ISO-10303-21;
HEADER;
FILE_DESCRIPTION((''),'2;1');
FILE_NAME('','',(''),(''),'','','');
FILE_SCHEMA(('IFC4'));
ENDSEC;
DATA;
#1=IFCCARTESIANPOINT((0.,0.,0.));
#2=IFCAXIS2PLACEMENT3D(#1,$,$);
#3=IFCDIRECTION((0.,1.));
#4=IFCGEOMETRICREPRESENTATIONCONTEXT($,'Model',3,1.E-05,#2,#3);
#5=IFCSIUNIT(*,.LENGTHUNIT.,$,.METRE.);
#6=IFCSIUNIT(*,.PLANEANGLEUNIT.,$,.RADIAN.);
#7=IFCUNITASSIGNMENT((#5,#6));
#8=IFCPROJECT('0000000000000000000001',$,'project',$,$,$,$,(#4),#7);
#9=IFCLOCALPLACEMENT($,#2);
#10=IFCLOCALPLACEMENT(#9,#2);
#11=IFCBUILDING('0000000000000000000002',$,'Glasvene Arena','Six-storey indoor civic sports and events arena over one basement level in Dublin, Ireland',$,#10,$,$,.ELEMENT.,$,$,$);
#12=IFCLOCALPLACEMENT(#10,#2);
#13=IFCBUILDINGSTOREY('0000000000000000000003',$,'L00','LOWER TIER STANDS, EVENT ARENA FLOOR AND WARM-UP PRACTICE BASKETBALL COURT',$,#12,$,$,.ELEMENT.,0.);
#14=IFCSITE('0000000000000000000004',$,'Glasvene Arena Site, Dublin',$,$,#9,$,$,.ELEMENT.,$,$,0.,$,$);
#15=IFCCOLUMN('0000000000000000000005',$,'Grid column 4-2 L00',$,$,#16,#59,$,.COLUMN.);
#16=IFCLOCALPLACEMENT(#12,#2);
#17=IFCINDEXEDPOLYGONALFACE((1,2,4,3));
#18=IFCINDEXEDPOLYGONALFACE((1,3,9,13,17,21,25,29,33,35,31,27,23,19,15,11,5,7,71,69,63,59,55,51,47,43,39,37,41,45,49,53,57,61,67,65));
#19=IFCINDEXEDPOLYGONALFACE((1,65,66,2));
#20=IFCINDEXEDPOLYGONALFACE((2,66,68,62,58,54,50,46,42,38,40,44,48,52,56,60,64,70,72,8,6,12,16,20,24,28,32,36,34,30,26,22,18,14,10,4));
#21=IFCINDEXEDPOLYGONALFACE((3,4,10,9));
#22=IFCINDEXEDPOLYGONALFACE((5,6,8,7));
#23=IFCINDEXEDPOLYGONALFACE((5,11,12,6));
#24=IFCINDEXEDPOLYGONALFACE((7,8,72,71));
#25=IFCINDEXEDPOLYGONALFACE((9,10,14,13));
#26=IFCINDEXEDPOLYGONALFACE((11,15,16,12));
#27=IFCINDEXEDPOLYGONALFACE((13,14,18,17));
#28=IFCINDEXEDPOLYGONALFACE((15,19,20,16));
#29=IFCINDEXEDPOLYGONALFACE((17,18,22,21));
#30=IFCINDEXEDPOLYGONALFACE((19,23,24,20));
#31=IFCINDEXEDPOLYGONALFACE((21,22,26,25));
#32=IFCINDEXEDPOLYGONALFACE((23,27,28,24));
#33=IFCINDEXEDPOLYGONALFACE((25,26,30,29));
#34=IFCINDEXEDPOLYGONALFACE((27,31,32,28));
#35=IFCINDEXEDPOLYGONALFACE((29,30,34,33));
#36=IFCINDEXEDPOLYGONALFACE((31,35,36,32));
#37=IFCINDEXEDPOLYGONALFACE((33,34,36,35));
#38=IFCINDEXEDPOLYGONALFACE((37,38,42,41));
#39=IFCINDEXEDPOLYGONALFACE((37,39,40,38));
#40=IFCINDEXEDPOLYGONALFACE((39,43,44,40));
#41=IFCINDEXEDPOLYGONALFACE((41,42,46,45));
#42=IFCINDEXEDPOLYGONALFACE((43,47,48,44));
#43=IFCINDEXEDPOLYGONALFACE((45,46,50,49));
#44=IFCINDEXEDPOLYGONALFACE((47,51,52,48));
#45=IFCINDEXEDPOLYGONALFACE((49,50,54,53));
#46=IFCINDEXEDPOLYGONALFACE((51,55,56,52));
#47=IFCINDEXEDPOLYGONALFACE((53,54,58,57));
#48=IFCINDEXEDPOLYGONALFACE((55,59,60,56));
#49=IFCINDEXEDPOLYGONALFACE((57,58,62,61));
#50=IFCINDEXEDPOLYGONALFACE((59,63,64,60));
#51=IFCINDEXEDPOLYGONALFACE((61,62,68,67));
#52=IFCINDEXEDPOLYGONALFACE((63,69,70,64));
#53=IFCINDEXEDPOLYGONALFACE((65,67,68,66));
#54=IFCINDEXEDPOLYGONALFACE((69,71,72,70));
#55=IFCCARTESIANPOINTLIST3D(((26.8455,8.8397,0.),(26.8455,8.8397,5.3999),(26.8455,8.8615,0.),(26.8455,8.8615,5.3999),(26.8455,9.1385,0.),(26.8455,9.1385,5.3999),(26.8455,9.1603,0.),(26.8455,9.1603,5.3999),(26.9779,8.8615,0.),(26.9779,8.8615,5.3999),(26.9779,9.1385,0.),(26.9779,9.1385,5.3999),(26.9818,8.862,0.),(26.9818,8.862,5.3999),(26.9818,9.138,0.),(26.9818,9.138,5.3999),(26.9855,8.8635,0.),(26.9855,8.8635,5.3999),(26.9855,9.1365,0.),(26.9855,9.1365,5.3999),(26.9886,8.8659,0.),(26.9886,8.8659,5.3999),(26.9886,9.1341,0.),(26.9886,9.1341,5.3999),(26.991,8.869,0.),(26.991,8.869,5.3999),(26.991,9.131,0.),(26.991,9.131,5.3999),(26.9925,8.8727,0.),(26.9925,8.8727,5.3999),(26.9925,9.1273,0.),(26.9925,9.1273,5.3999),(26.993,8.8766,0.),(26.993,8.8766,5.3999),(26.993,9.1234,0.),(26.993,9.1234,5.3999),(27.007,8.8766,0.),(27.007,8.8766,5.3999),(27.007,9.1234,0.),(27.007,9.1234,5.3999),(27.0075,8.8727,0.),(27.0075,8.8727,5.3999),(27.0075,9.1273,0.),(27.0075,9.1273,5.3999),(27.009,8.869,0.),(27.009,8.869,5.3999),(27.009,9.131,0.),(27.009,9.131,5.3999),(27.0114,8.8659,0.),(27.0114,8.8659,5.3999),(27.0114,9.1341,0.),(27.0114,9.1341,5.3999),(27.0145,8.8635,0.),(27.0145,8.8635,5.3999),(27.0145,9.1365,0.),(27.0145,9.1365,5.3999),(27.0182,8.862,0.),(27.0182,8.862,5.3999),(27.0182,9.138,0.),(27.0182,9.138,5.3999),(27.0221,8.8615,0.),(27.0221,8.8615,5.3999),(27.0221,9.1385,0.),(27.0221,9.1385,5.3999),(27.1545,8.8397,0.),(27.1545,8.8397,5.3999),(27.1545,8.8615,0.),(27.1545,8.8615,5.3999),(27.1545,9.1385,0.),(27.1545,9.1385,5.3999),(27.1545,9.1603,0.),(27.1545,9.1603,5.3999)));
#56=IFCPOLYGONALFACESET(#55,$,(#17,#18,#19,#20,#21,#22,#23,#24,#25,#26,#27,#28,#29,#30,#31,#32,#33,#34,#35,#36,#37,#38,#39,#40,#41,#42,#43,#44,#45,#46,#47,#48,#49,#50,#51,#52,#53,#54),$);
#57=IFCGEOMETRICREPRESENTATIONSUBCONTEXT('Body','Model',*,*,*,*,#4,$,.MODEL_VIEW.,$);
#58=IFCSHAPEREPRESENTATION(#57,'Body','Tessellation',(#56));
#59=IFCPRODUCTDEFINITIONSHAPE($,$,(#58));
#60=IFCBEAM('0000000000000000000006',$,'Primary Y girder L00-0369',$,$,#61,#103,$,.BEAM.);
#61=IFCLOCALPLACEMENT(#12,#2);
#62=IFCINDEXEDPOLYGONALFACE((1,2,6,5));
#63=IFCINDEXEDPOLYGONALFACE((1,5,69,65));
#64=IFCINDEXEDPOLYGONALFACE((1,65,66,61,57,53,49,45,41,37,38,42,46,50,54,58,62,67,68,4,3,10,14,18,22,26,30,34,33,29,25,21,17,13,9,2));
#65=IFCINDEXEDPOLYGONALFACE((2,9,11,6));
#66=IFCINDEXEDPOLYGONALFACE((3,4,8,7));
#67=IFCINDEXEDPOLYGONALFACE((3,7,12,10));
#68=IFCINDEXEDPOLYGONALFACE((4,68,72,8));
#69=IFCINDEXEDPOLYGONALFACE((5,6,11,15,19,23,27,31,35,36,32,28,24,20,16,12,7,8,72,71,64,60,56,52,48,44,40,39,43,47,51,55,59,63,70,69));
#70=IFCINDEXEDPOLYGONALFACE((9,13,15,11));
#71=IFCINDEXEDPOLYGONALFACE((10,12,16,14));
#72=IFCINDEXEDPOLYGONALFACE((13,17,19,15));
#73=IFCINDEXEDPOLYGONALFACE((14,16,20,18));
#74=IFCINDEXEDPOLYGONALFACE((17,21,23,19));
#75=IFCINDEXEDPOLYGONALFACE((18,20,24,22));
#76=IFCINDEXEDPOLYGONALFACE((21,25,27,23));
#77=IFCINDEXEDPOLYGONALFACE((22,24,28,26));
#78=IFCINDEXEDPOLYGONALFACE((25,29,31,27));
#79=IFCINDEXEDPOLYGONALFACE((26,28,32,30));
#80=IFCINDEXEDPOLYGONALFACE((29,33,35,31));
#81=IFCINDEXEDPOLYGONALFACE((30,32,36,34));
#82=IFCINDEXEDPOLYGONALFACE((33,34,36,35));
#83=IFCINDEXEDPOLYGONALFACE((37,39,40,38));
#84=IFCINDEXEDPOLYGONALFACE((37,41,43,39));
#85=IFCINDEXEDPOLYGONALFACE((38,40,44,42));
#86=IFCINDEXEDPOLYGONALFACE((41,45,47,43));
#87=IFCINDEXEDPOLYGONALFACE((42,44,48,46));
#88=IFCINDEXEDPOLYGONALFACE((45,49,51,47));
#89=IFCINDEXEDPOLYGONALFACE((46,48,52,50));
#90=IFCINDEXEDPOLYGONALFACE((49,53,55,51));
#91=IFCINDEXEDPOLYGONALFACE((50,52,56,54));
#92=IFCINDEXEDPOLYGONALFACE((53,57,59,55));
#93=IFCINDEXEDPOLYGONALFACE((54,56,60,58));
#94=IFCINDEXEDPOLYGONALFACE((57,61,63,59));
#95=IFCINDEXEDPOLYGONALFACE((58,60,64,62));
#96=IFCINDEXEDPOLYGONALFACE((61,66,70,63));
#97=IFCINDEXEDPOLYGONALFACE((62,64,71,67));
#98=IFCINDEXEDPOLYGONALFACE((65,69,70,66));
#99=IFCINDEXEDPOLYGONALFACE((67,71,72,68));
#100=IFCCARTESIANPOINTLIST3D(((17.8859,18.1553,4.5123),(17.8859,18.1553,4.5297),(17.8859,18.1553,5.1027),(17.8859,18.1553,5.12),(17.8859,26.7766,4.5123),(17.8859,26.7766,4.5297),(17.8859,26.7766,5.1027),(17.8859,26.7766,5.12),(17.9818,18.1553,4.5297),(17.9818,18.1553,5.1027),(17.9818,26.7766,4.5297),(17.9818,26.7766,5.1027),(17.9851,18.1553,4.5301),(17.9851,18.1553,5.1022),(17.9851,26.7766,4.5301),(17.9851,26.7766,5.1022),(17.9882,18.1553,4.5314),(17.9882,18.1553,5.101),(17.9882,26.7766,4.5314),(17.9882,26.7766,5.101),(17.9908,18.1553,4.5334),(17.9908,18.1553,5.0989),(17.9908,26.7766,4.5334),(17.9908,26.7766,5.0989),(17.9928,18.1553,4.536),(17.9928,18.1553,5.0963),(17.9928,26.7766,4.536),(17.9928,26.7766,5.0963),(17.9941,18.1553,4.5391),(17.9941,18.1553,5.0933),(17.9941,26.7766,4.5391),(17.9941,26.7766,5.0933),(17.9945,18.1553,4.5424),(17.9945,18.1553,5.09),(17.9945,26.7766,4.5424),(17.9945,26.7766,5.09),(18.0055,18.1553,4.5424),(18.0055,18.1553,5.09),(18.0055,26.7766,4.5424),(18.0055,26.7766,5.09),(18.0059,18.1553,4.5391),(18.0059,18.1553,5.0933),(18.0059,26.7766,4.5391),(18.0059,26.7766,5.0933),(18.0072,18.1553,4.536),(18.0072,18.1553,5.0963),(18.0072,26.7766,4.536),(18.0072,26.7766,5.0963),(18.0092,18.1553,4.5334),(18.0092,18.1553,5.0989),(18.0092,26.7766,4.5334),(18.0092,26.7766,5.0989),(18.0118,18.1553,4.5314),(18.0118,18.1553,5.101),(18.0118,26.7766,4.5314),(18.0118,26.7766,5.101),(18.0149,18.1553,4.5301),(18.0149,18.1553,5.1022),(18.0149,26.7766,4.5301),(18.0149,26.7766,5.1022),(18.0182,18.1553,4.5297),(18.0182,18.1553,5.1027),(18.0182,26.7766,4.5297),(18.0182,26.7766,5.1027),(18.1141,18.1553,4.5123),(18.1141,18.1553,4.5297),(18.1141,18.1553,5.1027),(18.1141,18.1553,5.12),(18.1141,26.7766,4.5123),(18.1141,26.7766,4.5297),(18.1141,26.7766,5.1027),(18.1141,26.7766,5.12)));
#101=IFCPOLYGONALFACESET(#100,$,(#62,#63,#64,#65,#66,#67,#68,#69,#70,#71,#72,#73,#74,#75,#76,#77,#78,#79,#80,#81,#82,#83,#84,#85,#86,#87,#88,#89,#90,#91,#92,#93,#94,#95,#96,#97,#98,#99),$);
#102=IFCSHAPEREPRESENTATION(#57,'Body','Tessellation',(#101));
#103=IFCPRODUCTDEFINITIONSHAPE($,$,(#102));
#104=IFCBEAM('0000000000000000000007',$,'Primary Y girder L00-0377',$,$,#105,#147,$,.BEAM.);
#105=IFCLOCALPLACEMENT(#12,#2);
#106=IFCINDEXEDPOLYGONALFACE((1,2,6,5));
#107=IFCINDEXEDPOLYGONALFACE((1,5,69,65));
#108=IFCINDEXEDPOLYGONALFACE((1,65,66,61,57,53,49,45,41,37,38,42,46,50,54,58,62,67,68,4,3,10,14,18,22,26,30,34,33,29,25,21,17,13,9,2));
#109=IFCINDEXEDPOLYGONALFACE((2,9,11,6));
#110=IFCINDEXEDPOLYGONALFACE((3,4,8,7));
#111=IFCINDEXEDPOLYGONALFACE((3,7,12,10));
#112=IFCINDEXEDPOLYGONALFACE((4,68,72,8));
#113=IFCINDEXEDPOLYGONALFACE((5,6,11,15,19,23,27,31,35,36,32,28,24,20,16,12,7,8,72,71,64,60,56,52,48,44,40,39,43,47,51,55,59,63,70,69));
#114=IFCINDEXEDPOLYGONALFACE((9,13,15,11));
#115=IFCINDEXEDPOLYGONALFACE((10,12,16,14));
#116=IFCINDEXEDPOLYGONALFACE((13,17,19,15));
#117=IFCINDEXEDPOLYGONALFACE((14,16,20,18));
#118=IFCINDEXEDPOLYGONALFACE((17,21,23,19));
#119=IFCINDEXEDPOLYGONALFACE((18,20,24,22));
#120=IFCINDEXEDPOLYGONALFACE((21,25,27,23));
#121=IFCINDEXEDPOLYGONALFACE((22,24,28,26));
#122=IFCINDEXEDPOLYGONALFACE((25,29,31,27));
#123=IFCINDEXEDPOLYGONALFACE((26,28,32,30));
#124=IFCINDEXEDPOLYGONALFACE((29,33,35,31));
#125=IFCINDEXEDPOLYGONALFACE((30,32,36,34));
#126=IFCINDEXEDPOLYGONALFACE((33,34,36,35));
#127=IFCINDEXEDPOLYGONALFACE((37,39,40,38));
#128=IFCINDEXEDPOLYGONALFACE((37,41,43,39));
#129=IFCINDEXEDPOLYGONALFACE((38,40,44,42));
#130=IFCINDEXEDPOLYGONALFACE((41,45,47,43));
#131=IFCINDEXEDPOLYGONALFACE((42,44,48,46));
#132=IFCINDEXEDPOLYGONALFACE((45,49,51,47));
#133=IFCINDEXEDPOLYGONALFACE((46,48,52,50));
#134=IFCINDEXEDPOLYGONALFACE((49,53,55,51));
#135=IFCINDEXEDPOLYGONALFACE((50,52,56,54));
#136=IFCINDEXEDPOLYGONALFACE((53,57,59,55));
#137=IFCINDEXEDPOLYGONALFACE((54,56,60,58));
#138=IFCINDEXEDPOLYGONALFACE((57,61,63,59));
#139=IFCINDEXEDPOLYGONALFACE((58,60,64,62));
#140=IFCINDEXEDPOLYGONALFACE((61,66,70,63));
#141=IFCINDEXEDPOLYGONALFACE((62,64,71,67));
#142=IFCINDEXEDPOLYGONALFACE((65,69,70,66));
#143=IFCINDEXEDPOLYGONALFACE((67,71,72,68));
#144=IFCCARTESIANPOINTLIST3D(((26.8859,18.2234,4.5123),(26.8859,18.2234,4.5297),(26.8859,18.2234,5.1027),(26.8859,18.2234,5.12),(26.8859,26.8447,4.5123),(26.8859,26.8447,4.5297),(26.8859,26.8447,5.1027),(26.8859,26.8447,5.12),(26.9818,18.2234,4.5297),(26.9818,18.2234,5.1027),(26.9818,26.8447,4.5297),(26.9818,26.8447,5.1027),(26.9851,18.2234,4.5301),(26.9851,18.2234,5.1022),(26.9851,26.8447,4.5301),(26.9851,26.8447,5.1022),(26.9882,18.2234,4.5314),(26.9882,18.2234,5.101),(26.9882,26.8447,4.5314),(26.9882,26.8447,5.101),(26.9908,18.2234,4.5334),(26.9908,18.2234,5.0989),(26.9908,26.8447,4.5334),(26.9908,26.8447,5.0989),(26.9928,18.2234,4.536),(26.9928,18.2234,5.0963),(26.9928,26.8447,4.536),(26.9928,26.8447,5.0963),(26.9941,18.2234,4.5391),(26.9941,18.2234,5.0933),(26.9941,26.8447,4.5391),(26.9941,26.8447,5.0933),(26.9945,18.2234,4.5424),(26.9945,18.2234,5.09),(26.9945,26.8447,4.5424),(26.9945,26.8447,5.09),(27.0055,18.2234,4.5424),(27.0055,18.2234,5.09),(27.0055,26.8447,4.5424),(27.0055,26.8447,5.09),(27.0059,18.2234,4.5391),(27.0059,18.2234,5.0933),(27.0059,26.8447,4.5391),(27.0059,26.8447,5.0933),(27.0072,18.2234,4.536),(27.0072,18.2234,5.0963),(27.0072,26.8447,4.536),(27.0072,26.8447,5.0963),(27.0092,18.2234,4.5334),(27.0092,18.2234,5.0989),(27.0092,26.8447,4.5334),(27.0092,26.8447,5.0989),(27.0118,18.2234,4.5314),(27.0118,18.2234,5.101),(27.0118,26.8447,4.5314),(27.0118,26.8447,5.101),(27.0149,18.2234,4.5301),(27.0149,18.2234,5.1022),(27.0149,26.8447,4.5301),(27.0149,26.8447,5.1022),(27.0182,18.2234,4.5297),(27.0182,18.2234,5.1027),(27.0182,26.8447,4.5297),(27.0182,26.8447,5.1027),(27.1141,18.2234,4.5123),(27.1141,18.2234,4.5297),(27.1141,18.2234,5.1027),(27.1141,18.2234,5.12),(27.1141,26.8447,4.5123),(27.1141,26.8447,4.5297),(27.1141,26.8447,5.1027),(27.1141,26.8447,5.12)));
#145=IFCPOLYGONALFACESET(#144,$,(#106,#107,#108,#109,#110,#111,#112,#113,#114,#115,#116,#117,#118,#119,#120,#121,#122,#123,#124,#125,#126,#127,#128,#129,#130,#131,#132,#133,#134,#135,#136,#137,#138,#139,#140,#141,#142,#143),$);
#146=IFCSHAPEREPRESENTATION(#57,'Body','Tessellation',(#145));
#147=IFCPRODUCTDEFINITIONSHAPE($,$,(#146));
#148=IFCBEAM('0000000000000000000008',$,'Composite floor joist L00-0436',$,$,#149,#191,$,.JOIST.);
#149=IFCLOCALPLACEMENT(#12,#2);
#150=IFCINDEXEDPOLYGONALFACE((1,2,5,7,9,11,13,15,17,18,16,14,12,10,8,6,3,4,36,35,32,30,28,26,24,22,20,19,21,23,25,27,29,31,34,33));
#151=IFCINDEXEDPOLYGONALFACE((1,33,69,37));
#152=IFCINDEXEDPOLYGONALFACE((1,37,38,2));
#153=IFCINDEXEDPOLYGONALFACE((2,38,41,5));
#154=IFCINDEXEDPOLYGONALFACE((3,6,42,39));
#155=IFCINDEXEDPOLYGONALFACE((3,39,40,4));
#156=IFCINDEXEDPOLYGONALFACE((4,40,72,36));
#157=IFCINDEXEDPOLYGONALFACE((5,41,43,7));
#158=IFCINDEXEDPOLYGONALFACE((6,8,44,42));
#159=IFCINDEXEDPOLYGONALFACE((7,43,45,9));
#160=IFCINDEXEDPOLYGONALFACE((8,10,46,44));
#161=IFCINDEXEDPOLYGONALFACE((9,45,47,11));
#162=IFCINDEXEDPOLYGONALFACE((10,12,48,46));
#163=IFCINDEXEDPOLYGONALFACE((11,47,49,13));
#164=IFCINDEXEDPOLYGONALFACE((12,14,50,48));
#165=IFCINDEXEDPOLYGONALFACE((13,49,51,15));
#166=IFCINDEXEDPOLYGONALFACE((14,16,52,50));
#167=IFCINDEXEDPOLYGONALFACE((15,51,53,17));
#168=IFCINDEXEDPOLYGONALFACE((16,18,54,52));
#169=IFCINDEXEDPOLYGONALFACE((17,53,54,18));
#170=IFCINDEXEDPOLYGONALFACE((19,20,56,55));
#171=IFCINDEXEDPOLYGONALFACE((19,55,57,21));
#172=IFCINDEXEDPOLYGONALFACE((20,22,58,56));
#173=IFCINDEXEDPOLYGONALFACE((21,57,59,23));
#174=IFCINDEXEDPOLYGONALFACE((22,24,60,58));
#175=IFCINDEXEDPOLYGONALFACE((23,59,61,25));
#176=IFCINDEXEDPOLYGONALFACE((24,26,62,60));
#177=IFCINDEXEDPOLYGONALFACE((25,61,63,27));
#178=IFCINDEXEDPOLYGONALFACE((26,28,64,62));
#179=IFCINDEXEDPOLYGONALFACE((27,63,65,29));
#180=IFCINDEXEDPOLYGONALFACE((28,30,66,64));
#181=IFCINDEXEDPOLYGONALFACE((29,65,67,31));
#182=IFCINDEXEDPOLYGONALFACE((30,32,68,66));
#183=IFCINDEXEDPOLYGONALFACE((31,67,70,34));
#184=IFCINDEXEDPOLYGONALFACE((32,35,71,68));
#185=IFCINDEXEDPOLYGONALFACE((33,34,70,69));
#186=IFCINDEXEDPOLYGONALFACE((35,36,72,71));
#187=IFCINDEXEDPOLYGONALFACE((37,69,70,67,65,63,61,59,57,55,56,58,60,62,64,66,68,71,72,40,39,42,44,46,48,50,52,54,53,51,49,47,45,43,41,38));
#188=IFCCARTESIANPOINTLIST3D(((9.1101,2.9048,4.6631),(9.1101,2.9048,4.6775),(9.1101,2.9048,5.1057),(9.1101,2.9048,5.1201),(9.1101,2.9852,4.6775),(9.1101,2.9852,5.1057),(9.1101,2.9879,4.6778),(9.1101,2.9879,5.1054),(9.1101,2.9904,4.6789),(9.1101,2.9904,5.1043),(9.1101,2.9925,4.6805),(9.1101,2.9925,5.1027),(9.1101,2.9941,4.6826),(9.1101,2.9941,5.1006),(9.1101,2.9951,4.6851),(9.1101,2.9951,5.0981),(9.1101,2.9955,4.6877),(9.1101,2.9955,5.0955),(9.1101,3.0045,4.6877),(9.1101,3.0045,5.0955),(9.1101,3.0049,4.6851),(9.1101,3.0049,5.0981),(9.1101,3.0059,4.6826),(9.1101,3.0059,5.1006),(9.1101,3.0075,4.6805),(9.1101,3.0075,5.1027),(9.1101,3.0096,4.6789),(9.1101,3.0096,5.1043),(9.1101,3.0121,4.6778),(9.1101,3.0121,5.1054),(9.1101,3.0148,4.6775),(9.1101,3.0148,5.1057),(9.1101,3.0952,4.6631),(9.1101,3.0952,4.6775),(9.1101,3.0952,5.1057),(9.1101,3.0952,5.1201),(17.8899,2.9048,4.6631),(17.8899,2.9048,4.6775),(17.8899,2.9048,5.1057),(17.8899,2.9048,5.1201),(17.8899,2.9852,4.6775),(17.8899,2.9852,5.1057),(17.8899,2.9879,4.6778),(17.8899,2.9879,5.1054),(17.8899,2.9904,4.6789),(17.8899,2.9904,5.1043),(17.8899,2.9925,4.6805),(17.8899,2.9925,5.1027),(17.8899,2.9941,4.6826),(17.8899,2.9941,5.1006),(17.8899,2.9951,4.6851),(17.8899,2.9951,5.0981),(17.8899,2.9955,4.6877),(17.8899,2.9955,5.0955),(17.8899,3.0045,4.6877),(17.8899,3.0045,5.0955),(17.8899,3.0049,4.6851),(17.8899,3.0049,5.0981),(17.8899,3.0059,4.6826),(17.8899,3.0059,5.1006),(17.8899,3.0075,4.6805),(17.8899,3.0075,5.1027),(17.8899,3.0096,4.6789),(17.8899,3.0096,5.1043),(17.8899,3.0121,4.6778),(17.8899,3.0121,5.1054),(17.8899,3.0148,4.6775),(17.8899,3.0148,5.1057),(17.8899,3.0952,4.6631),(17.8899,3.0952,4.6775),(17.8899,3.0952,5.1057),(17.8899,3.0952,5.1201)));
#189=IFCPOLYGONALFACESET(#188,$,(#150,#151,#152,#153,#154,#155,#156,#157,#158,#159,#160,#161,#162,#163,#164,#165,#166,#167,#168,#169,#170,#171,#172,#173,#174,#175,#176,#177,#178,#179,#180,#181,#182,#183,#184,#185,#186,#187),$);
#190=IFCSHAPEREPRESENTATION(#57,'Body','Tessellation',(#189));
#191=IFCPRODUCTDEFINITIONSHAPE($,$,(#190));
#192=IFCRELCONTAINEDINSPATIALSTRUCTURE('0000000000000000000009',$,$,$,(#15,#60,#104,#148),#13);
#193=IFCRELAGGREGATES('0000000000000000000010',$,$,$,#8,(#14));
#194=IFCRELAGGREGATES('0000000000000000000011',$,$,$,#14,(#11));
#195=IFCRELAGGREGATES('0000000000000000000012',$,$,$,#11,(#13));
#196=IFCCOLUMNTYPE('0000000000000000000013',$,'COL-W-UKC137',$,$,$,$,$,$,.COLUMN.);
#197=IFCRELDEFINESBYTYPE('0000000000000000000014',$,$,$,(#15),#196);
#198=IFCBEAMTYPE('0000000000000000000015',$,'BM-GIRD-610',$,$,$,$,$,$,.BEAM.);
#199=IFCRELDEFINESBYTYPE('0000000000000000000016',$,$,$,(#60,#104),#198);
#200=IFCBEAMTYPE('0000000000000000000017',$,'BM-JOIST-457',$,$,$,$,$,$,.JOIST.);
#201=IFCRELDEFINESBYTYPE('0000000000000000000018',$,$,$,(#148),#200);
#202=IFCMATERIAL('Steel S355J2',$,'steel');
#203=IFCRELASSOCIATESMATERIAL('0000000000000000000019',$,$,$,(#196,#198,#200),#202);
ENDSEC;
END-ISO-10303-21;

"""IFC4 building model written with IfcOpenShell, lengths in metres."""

from ifc_helpers import new_model, si_unit, direction, frame, origin, origin_2d, place, context, subcontext, project, spatial, i_section, extrude, material, material_profile, profile_set, type_object, element, save


model = new_model("IFC4")

# Units and contexts
model_context = context("Model", 3, precision=1e-05, world=origin(), true_north=direction((0.0, 1.0)))
body_context = subcontext(model_context, "Body", "Model", "MODEL_VIEW")
ifc_project = project(units=[si_unit("LENGTHUNIT", "METRE"), si_unit("PLANEANGLEUNIT", "RADIAN")], contexts=[model_context])

# Site, building, storey
site_placement = place(None, origin())
site = spatial("IfcSite", under=ifc_project, at=site_placement, Name="Glasvene Arena Site, Dublin", CompositionType="ELEMENT", RefElevation=0.0)
building_placement = place(site_placement, origin())
building = spatial("IfcBuilding", under=site, at=building_placement, Name="Glasvene Arena", Description="Six-storey indoor civic sports and events arena over one basement level in Dublin, Ireland", CompositionType="ELEMENT")
storey_placement = place(building_placement, origin())
storey = spatial("IfcBuildingStorey", under=building, at=storey_placement, Name="L00", Description="LOWER TIER STANDS, EVENT ARENA FLOOR AND WARM-UP PRACTICE BASKETBALL COURT", CompositionType="ELEMENT", Elevation=0.0)

# Column
ifc_material_1 = material(Name="Steel S355J2", Category="steel")
ifc_material_profile_1 = material_profile(ifc_material_1, i_section(OverallWidth=0.3091, OverallDepth=0.3206, WebThickness=0.0139, FlangeThickness=0.0217, FilletRadius=0.0151, at=origin_2d()), Name="UKC 305x305x137")
ifc_profile_set_1 = profile_set([ifc_material_profile_1], Name="Steel S355J2")
column_type_1 = type_object("IfcColumnType", Name="COL-W-UKC137", PredefinedType="COLUMN", material=ifc_profile_set_1)
for number, where, z_axis, x_axis, name in (
    (1, (27.0, 9.0, 0.0), (0.0, 0.0, 1.0), (1.0, 0.0, 0.0), "Grid column 4-2 L00"),
):
    element("IfcColumn", number, at=place(storey_placement, frame(where, z_axis=z_axis, x_axis=x_axis)), inside=storey, type_object=column_type_1, Name=name, PredefinedType="COLUMN", context=body_context, shape_type="SweptSolid", body=[
        extrude(i_section(OverallWidth=0.3091, OverallDepth=0.3206, WebThickness=0.0139, FlangeThickness=0.0217, FilletRadius=0.0151, at=origin_2d()), origin(), (0.0, 0.0, 1.0), 5.3999),
    ])

# Beams
ifc_material_profile_2 = material_profile(ifc_material_1, i_section(OverallWidth=0.2283, OverallDepth=0.6077, WebThickness=0.011, FlangeThickness=0.0173, FilletRadius=0.0127, at=origin_2d()), Name="UKB 610x229x113")
ifc_profile_set_2 = profile_set([ifc_material_profile_2], Name="Steel S355J2")
beam_type_1 = type_object("IfcBeamType", Name="BM-GIRD-610", PredefinedType="BEAM", material=ifc_profile_set_2)
for number, where, z_axis, x_axis, name in (
    (2, (18.0, 18.1553, 4.8162), (0.0, 1.0, 0.0), (-1.0, 0.0, 0.0), "Primary Y girder L00-0369"),
    (3, (27.0, 18.2234, 4.8162), (0.0, 1.0, 0.0), (-1.0, 0.0, 0.0), "Primary Y girder L00-0377"),
):
    element("IfcBeam", number, at=place(storey_placement, frame(where, z_axis=z_axis, x_axis=x_axis)), inside=storey, type_object=beam_type_1, Name=name, PredefinedType="BEAM", context=body_context, shape_type="SweptSolid", body=[
        extrude(i_section(OverallWidth=0.2283, OverallDepth=0.6077, WebThickness=0.011, FlangeThickness=0.0173, FilletRadius=0.0127, at=origin_2d()), origin(), (0.0, 0.0, 1.0), 8.6213),
    ])
ifc_material_profile_3 = material_profile(ifc_material_1, i_section(OverallWidth=0.1904, OverallDepth=0.457, WebThickness=0.009, FlangeThickness=0.0144, FilletRadius=0.0103, at=origin_2d()), Name="UKB 457x191x74")
ifc_profile_set_3 = profile_set([ifc_material_profile_3], Name="Steel S355J2")
beam_type_2 = type_object("IfcBeamType", Name="BM-JOIST-457", PredefinedType="JOIST", material=ifc_profile_set_3)
for number, where, z_axis, x_axis, name in (
    (4, (9.1101, 3.0, 4.8916), (1.0, 0.0, 0.0), (0.0, 1.0, 0.0), "Composite floor joist L00-0436"),
):
    element("IfcBeam", number, at=place(storey_placement, frame(where, z_axis=z_axis, x_axis=x_axis)), inside=storey, type_object=beam_type_2, Name=name, PredefinedType="JOIST", context=body_context, shape_type="SweptSolid", body=[
        extrude(i_section(OverallWidth=0.1904, OverallDepth=0.457, WebThickness=0.009, FlangeThickness=0.0144, FilletRadius=0.0103, at=origin_2d()), origin(), (0.0, 0.0, 1.0), 8.7798),
    ])

save(model, "model.ifc")
